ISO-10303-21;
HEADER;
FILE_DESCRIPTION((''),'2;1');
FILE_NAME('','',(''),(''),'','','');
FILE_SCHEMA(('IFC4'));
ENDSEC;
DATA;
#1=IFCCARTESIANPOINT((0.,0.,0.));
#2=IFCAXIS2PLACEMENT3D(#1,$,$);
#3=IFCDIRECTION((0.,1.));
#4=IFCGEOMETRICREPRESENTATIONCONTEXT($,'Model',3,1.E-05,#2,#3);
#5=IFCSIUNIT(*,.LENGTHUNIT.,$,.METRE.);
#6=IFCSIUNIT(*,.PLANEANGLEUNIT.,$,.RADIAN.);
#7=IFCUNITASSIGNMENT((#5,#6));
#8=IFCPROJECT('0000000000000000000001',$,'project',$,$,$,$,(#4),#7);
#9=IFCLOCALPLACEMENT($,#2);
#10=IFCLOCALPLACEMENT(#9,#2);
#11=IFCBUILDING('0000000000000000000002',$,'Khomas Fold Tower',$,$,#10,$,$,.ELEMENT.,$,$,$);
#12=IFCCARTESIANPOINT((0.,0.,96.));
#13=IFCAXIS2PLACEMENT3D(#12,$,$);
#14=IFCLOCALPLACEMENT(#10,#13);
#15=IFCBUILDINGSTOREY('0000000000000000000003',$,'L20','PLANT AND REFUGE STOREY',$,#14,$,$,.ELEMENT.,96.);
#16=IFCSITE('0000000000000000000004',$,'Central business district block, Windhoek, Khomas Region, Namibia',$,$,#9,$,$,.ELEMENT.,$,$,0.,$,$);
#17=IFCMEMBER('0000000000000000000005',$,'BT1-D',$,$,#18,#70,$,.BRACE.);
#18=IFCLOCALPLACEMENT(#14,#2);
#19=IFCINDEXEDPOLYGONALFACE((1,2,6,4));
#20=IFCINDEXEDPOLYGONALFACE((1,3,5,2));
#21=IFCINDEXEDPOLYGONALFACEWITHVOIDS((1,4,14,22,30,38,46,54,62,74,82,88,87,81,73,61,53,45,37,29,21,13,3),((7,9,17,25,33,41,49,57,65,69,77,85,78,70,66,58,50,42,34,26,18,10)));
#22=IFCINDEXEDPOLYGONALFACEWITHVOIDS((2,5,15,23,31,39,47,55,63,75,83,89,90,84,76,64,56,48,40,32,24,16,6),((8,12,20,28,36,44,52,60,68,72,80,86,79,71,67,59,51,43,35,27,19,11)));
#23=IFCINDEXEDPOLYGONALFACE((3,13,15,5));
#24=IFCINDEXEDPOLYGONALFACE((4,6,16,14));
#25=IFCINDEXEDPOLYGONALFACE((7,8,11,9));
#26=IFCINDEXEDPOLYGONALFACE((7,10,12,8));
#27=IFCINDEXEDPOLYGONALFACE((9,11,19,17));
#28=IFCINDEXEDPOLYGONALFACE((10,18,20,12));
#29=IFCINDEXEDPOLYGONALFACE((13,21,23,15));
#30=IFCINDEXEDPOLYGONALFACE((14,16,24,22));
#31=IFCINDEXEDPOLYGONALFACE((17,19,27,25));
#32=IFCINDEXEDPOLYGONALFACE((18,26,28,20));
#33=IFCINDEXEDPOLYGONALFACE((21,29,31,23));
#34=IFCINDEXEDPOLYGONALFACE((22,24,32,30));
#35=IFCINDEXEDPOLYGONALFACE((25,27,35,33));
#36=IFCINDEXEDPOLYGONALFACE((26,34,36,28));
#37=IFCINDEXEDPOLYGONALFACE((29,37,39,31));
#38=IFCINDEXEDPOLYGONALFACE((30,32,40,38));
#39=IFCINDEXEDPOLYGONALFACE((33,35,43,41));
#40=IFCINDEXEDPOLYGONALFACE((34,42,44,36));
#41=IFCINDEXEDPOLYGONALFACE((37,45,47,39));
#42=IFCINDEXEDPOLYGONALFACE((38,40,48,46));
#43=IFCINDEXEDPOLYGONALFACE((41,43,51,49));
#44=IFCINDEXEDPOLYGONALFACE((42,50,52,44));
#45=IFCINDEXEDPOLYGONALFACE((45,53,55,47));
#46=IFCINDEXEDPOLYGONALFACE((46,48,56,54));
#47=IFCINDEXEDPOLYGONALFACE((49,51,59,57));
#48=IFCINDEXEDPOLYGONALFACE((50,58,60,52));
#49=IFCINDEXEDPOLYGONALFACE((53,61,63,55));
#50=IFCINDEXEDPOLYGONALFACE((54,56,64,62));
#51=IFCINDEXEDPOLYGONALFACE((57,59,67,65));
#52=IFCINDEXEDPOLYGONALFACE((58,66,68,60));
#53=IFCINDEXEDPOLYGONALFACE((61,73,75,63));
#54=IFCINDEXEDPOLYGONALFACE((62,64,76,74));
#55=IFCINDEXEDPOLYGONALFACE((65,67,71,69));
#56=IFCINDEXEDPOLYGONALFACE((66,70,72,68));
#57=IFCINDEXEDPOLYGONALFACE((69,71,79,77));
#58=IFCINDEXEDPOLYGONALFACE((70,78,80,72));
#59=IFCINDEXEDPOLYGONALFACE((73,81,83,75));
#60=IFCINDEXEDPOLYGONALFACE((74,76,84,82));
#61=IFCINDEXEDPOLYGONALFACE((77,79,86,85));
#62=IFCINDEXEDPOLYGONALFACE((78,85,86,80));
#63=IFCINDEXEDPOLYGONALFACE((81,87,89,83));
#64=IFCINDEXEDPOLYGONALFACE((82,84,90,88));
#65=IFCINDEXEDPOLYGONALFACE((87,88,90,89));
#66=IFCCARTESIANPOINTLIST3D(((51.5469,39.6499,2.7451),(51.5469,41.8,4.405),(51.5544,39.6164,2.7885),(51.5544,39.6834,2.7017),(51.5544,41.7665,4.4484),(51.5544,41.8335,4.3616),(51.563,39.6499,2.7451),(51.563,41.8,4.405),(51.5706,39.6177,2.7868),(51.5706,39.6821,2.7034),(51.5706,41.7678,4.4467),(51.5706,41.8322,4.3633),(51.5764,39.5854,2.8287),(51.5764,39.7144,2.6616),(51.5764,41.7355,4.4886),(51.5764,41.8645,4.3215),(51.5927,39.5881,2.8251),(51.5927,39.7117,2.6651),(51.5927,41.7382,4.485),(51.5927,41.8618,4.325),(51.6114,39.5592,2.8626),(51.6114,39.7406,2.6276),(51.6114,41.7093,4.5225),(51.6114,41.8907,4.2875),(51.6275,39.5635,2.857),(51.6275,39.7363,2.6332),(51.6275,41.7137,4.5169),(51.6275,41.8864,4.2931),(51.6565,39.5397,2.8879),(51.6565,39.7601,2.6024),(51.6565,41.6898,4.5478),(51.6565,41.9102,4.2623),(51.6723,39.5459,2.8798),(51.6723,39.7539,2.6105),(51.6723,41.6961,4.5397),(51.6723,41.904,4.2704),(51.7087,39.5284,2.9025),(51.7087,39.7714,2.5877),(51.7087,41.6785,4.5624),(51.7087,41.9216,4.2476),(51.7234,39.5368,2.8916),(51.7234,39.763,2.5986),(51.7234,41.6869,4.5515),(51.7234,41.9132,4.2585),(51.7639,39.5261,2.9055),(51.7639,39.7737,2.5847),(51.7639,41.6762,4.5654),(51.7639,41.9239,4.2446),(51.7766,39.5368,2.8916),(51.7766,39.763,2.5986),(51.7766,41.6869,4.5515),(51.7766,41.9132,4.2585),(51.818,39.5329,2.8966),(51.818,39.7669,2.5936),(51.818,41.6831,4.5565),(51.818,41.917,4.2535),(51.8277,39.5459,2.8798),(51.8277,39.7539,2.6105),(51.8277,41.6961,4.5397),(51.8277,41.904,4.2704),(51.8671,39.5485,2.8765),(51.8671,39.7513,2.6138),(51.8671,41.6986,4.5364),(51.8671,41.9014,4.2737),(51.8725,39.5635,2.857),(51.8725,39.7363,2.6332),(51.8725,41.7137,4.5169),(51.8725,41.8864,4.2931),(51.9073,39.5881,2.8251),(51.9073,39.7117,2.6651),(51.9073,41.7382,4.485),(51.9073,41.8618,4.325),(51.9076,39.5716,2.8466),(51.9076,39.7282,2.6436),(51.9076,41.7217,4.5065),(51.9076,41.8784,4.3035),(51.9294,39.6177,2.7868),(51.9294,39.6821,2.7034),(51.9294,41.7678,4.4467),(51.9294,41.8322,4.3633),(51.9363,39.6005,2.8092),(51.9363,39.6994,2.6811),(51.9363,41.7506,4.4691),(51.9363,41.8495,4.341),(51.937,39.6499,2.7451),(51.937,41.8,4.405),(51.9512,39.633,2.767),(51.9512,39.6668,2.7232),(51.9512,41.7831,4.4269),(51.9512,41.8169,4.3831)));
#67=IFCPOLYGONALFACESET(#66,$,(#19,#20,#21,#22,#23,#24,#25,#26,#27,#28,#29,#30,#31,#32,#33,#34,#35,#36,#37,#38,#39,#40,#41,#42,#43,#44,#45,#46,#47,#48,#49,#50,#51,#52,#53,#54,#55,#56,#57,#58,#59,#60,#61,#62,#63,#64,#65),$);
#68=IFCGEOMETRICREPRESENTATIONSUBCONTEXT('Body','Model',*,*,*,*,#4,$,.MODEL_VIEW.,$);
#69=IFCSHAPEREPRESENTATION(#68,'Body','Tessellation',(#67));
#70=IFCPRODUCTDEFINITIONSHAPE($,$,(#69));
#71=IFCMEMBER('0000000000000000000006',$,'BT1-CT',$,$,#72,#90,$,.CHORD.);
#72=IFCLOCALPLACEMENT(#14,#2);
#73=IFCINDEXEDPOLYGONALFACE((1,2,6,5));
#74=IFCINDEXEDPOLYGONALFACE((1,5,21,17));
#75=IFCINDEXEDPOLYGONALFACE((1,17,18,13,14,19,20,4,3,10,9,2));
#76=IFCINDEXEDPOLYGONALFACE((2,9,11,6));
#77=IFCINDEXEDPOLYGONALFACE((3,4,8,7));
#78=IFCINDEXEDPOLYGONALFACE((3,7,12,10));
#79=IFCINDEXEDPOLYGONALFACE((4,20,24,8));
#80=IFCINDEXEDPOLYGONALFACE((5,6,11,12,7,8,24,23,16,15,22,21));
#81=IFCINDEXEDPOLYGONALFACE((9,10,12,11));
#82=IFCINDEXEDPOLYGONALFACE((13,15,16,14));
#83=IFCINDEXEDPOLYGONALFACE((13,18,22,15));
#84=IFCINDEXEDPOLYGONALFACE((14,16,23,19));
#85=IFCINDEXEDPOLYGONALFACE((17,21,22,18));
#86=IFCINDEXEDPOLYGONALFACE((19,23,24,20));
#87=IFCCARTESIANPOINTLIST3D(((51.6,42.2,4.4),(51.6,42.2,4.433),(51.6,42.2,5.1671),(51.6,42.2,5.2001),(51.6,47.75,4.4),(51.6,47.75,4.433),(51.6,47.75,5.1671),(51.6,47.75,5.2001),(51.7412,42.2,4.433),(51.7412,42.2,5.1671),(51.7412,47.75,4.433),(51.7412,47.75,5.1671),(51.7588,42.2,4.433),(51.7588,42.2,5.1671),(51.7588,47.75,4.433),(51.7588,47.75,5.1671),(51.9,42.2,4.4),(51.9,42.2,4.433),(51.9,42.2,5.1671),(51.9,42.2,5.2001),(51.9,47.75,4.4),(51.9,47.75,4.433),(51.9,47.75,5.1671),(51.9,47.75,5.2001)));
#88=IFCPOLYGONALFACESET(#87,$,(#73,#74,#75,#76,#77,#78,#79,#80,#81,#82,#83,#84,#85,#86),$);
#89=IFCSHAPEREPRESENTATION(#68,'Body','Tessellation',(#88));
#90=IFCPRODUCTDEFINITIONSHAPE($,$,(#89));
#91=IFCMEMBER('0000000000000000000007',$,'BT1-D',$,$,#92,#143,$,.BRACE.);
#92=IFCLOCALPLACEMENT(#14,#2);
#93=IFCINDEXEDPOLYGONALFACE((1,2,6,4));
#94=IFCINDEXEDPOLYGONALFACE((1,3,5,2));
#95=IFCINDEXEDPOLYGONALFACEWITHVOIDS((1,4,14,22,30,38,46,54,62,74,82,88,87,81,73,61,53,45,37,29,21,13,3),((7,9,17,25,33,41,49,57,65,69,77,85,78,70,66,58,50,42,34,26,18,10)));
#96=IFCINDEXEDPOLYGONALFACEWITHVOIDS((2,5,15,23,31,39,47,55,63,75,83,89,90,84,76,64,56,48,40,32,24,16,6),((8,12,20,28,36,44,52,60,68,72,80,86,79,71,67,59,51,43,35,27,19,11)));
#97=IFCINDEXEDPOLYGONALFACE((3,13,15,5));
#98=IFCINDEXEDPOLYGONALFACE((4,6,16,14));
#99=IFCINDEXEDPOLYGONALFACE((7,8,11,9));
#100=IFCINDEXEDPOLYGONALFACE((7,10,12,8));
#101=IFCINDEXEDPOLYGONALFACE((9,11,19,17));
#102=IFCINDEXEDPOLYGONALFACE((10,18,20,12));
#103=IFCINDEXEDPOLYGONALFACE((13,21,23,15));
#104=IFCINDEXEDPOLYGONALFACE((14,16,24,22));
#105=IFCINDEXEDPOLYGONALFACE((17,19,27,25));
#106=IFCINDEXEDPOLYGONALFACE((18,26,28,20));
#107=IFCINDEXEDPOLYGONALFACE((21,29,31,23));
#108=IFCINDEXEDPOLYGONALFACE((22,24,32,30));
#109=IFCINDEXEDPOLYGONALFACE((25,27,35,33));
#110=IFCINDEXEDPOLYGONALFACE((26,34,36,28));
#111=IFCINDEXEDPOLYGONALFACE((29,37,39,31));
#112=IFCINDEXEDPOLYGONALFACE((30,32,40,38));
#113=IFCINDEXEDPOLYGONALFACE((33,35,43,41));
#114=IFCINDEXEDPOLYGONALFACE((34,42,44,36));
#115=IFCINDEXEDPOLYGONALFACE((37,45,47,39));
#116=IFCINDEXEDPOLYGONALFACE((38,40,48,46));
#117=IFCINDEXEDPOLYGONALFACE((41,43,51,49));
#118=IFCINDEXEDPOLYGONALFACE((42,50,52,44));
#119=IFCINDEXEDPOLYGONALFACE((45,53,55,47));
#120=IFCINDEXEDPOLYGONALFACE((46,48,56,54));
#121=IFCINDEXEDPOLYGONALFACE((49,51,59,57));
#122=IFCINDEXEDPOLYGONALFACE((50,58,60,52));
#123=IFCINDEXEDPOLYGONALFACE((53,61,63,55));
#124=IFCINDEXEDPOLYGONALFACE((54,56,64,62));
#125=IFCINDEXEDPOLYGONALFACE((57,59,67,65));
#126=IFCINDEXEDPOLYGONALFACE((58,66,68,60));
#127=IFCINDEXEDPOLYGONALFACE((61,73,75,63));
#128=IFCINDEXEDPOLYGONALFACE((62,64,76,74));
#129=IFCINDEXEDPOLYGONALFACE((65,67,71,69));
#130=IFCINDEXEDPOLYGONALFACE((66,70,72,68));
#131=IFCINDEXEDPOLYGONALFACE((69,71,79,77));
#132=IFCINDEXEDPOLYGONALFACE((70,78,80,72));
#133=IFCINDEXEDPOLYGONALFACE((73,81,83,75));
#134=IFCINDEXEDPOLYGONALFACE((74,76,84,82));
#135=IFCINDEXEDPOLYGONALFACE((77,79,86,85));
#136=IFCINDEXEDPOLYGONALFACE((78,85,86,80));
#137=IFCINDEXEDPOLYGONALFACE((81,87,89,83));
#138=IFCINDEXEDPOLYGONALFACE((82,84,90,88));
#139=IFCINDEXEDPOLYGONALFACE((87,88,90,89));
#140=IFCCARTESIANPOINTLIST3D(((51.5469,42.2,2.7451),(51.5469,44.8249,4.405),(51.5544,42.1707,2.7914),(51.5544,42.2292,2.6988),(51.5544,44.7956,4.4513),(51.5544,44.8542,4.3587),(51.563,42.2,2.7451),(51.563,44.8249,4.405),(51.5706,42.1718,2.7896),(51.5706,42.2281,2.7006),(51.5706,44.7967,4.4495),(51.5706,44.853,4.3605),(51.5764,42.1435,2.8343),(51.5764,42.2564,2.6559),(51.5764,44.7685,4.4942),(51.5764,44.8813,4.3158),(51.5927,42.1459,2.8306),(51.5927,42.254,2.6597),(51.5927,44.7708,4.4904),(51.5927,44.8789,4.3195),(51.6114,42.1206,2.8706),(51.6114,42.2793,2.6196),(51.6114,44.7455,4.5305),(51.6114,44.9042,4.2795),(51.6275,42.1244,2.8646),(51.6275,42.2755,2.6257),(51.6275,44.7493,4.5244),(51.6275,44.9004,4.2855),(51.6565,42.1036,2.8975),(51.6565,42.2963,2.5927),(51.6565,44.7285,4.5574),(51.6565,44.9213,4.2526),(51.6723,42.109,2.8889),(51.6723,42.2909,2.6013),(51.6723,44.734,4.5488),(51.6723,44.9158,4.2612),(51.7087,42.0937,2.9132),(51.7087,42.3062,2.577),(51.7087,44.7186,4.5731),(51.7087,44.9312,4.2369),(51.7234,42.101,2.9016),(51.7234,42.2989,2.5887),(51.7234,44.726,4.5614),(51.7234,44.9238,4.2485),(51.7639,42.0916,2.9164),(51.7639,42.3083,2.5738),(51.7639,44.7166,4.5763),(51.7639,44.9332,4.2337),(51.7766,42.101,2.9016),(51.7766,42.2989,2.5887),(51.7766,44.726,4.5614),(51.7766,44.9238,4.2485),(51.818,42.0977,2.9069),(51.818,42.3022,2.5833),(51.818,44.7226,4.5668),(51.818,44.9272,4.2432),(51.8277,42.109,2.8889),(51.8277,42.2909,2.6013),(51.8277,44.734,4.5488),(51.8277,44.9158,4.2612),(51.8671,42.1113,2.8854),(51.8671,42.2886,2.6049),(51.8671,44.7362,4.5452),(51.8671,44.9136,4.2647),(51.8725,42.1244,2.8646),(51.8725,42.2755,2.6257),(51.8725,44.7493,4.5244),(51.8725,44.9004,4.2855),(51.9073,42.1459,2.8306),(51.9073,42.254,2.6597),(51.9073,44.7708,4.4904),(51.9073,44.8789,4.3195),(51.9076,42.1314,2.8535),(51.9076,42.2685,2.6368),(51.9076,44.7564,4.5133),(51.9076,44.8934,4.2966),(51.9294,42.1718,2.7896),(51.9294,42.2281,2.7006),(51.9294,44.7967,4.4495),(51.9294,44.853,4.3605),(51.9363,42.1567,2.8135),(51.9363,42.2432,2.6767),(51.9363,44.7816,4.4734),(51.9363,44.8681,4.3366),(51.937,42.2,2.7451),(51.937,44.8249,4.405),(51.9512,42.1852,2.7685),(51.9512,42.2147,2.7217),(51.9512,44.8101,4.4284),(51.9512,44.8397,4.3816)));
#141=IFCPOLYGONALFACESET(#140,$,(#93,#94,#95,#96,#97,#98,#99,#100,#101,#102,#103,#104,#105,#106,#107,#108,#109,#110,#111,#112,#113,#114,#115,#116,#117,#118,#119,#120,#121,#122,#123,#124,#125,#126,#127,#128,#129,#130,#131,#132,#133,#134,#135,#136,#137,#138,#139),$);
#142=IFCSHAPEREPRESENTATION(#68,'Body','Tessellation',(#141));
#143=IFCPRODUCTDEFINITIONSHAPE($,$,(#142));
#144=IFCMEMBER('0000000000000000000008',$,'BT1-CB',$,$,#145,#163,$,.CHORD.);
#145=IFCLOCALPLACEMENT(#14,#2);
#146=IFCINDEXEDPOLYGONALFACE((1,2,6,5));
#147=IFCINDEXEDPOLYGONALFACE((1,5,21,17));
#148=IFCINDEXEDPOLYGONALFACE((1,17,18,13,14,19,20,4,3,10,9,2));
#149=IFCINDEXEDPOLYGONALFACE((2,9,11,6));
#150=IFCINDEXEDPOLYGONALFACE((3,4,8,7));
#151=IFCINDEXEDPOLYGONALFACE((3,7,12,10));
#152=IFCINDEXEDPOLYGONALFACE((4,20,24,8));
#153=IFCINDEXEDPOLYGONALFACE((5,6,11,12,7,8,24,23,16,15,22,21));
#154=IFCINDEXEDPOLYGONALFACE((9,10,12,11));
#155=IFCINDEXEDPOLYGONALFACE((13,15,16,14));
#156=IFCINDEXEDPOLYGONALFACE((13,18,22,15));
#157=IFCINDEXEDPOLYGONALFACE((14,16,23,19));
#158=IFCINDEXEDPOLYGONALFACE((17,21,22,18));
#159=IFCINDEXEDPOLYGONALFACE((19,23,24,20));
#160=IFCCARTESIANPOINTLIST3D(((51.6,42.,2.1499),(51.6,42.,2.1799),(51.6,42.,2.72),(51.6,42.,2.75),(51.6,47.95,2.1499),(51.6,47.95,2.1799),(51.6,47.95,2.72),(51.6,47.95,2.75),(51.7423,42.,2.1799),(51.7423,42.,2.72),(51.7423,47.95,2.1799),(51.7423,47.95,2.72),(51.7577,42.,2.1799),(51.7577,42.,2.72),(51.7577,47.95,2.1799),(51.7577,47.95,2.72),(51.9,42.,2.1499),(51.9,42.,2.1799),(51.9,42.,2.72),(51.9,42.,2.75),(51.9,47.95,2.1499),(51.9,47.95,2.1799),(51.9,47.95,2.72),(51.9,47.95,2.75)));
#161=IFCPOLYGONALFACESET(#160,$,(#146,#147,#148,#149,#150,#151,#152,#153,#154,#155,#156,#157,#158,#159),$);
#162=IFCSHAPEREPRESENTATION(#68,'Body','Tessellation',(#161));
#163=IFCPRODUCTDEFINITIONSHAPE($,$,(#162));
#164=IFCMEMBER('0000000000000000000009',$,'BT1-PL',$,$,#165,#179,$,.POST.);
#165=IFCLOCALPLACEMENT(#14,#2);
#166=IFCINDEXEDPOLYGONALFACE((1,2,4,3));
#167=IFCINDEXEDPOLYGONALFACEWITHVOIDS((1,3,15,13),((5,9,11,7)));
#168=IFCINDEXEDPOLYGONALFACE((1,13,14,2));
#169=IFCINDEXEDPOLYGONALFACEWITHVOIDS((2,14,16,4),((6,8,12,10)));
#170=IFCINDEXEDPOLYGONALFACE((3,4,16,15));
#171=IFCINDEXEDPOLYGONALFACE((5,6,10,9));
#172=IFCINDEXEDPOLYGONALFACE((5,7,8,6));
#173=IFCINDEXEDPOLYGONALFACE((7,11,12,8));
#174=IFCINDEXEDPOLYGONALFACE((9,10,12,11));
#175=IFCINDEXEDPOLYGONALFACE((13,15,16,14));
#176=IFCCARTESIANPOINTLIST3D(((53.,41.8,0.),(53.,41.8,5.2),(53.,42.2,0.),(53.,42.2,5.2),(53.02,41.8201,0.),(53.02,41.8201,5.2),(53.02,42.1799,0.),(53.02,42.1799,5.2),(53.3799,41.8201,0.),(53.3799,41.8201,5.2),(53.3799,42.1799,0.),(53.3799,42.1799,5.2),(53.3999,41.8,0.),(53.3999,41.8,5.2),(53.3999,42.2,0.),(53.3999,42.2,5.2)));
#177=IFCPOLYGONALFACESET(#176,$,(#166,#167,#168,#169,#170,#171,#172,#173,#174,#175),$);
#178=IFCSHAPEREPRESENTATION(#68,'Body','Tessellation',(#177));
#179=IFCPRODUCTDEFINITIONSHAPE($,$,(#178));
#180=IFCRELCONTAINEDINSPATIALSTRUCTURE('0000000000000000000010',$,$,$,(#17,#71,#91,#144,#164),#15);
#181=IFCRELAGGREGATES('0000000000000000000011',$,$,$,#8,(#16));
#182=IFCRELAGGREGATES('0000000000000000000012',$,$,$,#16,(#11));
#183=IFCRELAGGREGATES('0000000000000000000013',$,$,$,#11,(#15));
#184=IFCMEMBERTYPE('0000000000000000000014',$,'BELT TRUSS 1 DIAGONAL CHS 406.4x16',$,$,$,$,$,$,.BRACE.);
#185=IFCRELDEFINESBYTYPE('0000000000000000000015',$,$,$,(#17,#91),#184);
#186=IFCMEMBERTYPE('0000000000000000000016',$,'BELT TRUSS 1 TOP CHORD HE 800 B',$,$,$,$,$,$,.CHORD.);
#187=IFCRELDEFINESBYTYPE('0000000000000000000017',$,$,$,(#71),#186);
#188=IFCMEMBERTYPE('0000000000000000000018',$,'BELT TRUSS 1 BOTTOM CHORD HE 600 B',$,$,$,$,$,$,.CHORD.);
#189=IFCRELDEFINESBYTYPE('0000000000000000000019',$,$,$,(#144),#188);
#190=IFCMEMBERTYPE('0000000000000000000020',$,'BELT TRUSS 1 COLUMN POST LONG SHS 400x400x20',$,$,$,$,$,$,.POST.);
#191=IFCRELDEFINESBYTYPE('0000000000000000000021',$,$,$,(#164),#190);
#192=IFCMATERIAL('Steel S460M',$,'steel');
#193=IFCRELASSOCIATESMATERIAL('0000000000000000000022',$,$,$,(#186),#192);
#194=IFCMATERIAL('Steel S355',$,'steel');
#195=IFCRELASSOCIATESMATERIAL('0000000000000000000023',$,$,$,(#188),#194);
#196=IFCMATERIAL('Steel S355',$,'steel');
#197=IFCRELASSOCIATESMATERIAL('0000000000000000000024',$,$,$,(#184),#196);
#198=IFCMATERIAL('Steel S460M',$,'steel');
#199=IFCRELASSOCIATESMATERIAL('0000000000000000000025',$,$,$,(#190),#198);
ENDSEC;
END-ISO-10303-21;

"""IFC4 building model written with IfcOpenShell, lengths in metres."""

from ifc_helpers import new_model, si_unit, direction, frame, origin, origin_2d, place, context, subcontext, project, spatial, hollow_rectangle, hollow_circle, i_section, extrude, source, transform, mapped, material, material_profile, profile_set, type_object, element, save


model = new_model("IFC4")

# Units and contexts
model_context = context("Model", 3, precision=1e-05, world=origin(), true_north=direction((0.0, 1.0)))
body_context = subcontext(model_context, "Body", "Model", "MODEL_VIEW")
ifc_project = project(units=[si_unit("LENGTHUNIT", "METRE"), si_unit("PLANEANGLEUNIT", "RADIAN")], contexts=[model_context])

# Site, building, storey
site_placement = place(None, origin())
site = spatial("IfcSite", under=ifc_project, at=site_placement, Name="Central business district block, Windhoek, Khomas Region, Namibia", CompositionType="ELEMENT", RefElevation=0.0)
building_placement = place(site_placement, origin())
building = spatial("IfcBuilding", under=site, at=building_placement, Name="Khomas Fold Tower", CompositionType="ELEMENT")
storey_placement = place(building_placement, frame((0.0, 0.0, 96.0)))
storey = spatial("IfcBuildingStorey", under=building, at=storey_placement, Name="L20", Description="PLANT AND REFUGE STOREY", CompositionType="ELEMENT", Elevation=96.0)

# Members
ifc_material_1 = material(Name="Steel S460M", Category="steel")
ifc_material_profile_1 = material_profile(ifc_material_1, i_section(OverallWidth=0.3, OverallDepth=0.8, WebThickness=0.0176, FlangeThickness=0.033, at=origin_2d()), Name="HE 800 B")
ifc_profile_set_1 = profile_set([ifc_material_profile_1], Name="Steel S460M")
member_type_1 = type_object("IfcMemberType", Name="BELT TRUSS 1 TOP CHORD HE 800 B", PredefinedType="CHORD", material=ifc_profile_set_1)
ifc_material_2 = material(Name="Steel S355", Category="steel")
ifc_material_profile_2 = material_profile(ifc_material_2, i_section(OverallWidth=0.3, OverallDepth=0.6001, WebThickness=0.0154, FlangeThickness=0.03, at=origin_2d()), Name="HE 600 B")
ifc_profile_set_2 = profile_set([ifc_material_profile_2], Name="Steel S355")
member_type_2 = type_object("IfcMemberType", Name="BELT TRUSS 1 BOTTOM CHORD HE 600 B", PredefinedType="CHORD", material=ifc_profile_set_2)
ifc_material_3 = material(Name="Steel S355", Category="steel")
ifc_material_profile_3 = material_profile(ifc_material_3, hollow_circle(Radius=0.2031, WallThickness=0.0161, at=origin_2d()), Name="CHS 406.4x16")
ifc_profile_set_3 = profile_set([ifc_material_profile_3], Name="Steel S355")
member_type_3 = type_object("IfcMemberType", Name="BELT TRUSS 1 DIAGONAL CHS 406.4x16", PredefinedType="BRACE", material=ifc_profile_set_3)
shared_shape_1 = source(origin(), body_context, "Body", "SweptSolid", [
    extrude(hollow_circle(Radius=0.2031, WallThickness=0.0161, at=origin_2d()), origin(), (0.0, 0.0, 1.0), 2.7163),
])
for number, where, z_axis, x_axis, name in (
    (1, (51.75, 39.6499, 2.7451), (0.0, 0.791564, 0.611087), (-1.0, 0.0, 0.0), "BT1-D"),
):
    element("IfcMember", number, at=place(storey_placement, frame(where, z_axis=z_axis, x_axis=x_axis)), inside=storey, type_object=member_type_3, Name=name, PredefinedType="BRACE", context=body_context, shape_type="MappedRepresentation", body=[
        mapped(shared_shape_1, transform((0.0, 0.0, 0.0))),
    ])
shared_shape_2 = source(origin(), body_context, "Body", "SweptSolid", [
    extrude(i_section(OverallWidth=0.3, OverallDepth=0.8, WebThickness=0.0176, FlangeThickness=0.033, at=origin_2d()), origin(), (0.0, 0.0, 1.0), 5.55),
])
member_1_placement = place(storey_placement, frame((51.75, 42.2, 4.8), z_axis=(0.0, 1.0, 0.0), x_axis=(-1.0, 0.0, 0.0)))
element("IfcMember", 2, at=member_1_placement, inside=storey, type_object=member_type_1, Name="BT1-CT", PredefinedType="CHORD", context=body_context, shape_type="MappedRepresentation", body=[
    mapped(shared_shape_2, transform((0.0, 0.0, 0.0))),
])
shared_shape_3 = source(origin(), body_context, "Body", "SweptSolid", [
    extrude(hollow_circle(Radius=0.2031, WallThickness=0.0161, at=origin_2d()), origin(), (0.0, 0.0, 1.0), 3.1057),
])
member_2_placement = place(storey_placement, frame((51.75, 42.2, 2.7451), z_axis=(0.0, 0.845196, 0.534457), x_axis=(-1.0, 0.0, 0.0)))
element("IfcMember", 3, at=member_2_placement, inside=storey, type_object=member_type_3, Name="BT1-D", PredefinedType="BRACE", context=body_context, shape_type="MappedRepresentation", body=[
    mapped(shared_shape_3, transform((0.0, 0.0, 0.0))),
])
shared_shape_4 = source(origin(), body_context, "Body", "SweptSolid", [
    extrude(i_section(OverallWidth=0.3, OverallDepth=0.6001, WebThickness=0.0154, FlangeThickness=0.03, at=origin_2d()), origin(), (0.0, 0.0, 1.0), 5.95),
])
member_3_placement = place(storey_placement, frame((51.75, 42.0, 2.45), z_axis=(0.0, 1.0, 0.0), x_axis=(-1.0, 0.0, 0.0)))
element("IfcMember", 4, at=member_3_placement, inside=storey, type_object=member_type_2, Name="BT1-CB", PredefinedType="CHORD", context=body_context, shape_type="MappedRepresentation", body=[
    mapped(shared_shape_4, transform((0.0, 0.0, 0.0))),
])
ifc_material_4 = material(Name="Steel S460M", Category="steel")
ifc_material_profile_4 = material_profile(ifc_material_4, hollow_rectangle(XDim=0.3999, YDim=0.3999, WallThickness=0.02, at=origin_2d()), Name="SHS 400x400x20")
ifc_profile_set_4 = profile_set([ifc_material_profile_4], Name="Steel S460M")
member_type_4 = type_object("IfcMemberType", Name="BELT TRUSS 1 COLUMN POST LONG SHS 400x400x20", PredefinedType="POST", material=ifc_profile_set_4)
shared_shape_5 = source(origin(), body_context, "Body", "SweptSolid", [
    extrude(hollow_rectangle(XDim=0.3999, YDim=0.3999, WallThickness=0.02, at=origin_2d()), origin(), (0.0, 0.0, 1.0), 5.2),
])
member_4_placement = place(storey_placement, frame((53.2, 42.0, 0.0), z_axis=(0.0, 0.0, 1.0), x_axis=(1.0, 0.0, 0.0)))
element("IfcMember", 5, at=member_4_placement, inside=storey, type_object=member_type_4, Name="BT1-PL", PredefinedType="POST", context=body_context, shape_type="MappedRepresentation", body=[
    mapped(shared_shape_5, transform((0.0, 0.0, 0.0))),
])

save(model, "model.ifc")
